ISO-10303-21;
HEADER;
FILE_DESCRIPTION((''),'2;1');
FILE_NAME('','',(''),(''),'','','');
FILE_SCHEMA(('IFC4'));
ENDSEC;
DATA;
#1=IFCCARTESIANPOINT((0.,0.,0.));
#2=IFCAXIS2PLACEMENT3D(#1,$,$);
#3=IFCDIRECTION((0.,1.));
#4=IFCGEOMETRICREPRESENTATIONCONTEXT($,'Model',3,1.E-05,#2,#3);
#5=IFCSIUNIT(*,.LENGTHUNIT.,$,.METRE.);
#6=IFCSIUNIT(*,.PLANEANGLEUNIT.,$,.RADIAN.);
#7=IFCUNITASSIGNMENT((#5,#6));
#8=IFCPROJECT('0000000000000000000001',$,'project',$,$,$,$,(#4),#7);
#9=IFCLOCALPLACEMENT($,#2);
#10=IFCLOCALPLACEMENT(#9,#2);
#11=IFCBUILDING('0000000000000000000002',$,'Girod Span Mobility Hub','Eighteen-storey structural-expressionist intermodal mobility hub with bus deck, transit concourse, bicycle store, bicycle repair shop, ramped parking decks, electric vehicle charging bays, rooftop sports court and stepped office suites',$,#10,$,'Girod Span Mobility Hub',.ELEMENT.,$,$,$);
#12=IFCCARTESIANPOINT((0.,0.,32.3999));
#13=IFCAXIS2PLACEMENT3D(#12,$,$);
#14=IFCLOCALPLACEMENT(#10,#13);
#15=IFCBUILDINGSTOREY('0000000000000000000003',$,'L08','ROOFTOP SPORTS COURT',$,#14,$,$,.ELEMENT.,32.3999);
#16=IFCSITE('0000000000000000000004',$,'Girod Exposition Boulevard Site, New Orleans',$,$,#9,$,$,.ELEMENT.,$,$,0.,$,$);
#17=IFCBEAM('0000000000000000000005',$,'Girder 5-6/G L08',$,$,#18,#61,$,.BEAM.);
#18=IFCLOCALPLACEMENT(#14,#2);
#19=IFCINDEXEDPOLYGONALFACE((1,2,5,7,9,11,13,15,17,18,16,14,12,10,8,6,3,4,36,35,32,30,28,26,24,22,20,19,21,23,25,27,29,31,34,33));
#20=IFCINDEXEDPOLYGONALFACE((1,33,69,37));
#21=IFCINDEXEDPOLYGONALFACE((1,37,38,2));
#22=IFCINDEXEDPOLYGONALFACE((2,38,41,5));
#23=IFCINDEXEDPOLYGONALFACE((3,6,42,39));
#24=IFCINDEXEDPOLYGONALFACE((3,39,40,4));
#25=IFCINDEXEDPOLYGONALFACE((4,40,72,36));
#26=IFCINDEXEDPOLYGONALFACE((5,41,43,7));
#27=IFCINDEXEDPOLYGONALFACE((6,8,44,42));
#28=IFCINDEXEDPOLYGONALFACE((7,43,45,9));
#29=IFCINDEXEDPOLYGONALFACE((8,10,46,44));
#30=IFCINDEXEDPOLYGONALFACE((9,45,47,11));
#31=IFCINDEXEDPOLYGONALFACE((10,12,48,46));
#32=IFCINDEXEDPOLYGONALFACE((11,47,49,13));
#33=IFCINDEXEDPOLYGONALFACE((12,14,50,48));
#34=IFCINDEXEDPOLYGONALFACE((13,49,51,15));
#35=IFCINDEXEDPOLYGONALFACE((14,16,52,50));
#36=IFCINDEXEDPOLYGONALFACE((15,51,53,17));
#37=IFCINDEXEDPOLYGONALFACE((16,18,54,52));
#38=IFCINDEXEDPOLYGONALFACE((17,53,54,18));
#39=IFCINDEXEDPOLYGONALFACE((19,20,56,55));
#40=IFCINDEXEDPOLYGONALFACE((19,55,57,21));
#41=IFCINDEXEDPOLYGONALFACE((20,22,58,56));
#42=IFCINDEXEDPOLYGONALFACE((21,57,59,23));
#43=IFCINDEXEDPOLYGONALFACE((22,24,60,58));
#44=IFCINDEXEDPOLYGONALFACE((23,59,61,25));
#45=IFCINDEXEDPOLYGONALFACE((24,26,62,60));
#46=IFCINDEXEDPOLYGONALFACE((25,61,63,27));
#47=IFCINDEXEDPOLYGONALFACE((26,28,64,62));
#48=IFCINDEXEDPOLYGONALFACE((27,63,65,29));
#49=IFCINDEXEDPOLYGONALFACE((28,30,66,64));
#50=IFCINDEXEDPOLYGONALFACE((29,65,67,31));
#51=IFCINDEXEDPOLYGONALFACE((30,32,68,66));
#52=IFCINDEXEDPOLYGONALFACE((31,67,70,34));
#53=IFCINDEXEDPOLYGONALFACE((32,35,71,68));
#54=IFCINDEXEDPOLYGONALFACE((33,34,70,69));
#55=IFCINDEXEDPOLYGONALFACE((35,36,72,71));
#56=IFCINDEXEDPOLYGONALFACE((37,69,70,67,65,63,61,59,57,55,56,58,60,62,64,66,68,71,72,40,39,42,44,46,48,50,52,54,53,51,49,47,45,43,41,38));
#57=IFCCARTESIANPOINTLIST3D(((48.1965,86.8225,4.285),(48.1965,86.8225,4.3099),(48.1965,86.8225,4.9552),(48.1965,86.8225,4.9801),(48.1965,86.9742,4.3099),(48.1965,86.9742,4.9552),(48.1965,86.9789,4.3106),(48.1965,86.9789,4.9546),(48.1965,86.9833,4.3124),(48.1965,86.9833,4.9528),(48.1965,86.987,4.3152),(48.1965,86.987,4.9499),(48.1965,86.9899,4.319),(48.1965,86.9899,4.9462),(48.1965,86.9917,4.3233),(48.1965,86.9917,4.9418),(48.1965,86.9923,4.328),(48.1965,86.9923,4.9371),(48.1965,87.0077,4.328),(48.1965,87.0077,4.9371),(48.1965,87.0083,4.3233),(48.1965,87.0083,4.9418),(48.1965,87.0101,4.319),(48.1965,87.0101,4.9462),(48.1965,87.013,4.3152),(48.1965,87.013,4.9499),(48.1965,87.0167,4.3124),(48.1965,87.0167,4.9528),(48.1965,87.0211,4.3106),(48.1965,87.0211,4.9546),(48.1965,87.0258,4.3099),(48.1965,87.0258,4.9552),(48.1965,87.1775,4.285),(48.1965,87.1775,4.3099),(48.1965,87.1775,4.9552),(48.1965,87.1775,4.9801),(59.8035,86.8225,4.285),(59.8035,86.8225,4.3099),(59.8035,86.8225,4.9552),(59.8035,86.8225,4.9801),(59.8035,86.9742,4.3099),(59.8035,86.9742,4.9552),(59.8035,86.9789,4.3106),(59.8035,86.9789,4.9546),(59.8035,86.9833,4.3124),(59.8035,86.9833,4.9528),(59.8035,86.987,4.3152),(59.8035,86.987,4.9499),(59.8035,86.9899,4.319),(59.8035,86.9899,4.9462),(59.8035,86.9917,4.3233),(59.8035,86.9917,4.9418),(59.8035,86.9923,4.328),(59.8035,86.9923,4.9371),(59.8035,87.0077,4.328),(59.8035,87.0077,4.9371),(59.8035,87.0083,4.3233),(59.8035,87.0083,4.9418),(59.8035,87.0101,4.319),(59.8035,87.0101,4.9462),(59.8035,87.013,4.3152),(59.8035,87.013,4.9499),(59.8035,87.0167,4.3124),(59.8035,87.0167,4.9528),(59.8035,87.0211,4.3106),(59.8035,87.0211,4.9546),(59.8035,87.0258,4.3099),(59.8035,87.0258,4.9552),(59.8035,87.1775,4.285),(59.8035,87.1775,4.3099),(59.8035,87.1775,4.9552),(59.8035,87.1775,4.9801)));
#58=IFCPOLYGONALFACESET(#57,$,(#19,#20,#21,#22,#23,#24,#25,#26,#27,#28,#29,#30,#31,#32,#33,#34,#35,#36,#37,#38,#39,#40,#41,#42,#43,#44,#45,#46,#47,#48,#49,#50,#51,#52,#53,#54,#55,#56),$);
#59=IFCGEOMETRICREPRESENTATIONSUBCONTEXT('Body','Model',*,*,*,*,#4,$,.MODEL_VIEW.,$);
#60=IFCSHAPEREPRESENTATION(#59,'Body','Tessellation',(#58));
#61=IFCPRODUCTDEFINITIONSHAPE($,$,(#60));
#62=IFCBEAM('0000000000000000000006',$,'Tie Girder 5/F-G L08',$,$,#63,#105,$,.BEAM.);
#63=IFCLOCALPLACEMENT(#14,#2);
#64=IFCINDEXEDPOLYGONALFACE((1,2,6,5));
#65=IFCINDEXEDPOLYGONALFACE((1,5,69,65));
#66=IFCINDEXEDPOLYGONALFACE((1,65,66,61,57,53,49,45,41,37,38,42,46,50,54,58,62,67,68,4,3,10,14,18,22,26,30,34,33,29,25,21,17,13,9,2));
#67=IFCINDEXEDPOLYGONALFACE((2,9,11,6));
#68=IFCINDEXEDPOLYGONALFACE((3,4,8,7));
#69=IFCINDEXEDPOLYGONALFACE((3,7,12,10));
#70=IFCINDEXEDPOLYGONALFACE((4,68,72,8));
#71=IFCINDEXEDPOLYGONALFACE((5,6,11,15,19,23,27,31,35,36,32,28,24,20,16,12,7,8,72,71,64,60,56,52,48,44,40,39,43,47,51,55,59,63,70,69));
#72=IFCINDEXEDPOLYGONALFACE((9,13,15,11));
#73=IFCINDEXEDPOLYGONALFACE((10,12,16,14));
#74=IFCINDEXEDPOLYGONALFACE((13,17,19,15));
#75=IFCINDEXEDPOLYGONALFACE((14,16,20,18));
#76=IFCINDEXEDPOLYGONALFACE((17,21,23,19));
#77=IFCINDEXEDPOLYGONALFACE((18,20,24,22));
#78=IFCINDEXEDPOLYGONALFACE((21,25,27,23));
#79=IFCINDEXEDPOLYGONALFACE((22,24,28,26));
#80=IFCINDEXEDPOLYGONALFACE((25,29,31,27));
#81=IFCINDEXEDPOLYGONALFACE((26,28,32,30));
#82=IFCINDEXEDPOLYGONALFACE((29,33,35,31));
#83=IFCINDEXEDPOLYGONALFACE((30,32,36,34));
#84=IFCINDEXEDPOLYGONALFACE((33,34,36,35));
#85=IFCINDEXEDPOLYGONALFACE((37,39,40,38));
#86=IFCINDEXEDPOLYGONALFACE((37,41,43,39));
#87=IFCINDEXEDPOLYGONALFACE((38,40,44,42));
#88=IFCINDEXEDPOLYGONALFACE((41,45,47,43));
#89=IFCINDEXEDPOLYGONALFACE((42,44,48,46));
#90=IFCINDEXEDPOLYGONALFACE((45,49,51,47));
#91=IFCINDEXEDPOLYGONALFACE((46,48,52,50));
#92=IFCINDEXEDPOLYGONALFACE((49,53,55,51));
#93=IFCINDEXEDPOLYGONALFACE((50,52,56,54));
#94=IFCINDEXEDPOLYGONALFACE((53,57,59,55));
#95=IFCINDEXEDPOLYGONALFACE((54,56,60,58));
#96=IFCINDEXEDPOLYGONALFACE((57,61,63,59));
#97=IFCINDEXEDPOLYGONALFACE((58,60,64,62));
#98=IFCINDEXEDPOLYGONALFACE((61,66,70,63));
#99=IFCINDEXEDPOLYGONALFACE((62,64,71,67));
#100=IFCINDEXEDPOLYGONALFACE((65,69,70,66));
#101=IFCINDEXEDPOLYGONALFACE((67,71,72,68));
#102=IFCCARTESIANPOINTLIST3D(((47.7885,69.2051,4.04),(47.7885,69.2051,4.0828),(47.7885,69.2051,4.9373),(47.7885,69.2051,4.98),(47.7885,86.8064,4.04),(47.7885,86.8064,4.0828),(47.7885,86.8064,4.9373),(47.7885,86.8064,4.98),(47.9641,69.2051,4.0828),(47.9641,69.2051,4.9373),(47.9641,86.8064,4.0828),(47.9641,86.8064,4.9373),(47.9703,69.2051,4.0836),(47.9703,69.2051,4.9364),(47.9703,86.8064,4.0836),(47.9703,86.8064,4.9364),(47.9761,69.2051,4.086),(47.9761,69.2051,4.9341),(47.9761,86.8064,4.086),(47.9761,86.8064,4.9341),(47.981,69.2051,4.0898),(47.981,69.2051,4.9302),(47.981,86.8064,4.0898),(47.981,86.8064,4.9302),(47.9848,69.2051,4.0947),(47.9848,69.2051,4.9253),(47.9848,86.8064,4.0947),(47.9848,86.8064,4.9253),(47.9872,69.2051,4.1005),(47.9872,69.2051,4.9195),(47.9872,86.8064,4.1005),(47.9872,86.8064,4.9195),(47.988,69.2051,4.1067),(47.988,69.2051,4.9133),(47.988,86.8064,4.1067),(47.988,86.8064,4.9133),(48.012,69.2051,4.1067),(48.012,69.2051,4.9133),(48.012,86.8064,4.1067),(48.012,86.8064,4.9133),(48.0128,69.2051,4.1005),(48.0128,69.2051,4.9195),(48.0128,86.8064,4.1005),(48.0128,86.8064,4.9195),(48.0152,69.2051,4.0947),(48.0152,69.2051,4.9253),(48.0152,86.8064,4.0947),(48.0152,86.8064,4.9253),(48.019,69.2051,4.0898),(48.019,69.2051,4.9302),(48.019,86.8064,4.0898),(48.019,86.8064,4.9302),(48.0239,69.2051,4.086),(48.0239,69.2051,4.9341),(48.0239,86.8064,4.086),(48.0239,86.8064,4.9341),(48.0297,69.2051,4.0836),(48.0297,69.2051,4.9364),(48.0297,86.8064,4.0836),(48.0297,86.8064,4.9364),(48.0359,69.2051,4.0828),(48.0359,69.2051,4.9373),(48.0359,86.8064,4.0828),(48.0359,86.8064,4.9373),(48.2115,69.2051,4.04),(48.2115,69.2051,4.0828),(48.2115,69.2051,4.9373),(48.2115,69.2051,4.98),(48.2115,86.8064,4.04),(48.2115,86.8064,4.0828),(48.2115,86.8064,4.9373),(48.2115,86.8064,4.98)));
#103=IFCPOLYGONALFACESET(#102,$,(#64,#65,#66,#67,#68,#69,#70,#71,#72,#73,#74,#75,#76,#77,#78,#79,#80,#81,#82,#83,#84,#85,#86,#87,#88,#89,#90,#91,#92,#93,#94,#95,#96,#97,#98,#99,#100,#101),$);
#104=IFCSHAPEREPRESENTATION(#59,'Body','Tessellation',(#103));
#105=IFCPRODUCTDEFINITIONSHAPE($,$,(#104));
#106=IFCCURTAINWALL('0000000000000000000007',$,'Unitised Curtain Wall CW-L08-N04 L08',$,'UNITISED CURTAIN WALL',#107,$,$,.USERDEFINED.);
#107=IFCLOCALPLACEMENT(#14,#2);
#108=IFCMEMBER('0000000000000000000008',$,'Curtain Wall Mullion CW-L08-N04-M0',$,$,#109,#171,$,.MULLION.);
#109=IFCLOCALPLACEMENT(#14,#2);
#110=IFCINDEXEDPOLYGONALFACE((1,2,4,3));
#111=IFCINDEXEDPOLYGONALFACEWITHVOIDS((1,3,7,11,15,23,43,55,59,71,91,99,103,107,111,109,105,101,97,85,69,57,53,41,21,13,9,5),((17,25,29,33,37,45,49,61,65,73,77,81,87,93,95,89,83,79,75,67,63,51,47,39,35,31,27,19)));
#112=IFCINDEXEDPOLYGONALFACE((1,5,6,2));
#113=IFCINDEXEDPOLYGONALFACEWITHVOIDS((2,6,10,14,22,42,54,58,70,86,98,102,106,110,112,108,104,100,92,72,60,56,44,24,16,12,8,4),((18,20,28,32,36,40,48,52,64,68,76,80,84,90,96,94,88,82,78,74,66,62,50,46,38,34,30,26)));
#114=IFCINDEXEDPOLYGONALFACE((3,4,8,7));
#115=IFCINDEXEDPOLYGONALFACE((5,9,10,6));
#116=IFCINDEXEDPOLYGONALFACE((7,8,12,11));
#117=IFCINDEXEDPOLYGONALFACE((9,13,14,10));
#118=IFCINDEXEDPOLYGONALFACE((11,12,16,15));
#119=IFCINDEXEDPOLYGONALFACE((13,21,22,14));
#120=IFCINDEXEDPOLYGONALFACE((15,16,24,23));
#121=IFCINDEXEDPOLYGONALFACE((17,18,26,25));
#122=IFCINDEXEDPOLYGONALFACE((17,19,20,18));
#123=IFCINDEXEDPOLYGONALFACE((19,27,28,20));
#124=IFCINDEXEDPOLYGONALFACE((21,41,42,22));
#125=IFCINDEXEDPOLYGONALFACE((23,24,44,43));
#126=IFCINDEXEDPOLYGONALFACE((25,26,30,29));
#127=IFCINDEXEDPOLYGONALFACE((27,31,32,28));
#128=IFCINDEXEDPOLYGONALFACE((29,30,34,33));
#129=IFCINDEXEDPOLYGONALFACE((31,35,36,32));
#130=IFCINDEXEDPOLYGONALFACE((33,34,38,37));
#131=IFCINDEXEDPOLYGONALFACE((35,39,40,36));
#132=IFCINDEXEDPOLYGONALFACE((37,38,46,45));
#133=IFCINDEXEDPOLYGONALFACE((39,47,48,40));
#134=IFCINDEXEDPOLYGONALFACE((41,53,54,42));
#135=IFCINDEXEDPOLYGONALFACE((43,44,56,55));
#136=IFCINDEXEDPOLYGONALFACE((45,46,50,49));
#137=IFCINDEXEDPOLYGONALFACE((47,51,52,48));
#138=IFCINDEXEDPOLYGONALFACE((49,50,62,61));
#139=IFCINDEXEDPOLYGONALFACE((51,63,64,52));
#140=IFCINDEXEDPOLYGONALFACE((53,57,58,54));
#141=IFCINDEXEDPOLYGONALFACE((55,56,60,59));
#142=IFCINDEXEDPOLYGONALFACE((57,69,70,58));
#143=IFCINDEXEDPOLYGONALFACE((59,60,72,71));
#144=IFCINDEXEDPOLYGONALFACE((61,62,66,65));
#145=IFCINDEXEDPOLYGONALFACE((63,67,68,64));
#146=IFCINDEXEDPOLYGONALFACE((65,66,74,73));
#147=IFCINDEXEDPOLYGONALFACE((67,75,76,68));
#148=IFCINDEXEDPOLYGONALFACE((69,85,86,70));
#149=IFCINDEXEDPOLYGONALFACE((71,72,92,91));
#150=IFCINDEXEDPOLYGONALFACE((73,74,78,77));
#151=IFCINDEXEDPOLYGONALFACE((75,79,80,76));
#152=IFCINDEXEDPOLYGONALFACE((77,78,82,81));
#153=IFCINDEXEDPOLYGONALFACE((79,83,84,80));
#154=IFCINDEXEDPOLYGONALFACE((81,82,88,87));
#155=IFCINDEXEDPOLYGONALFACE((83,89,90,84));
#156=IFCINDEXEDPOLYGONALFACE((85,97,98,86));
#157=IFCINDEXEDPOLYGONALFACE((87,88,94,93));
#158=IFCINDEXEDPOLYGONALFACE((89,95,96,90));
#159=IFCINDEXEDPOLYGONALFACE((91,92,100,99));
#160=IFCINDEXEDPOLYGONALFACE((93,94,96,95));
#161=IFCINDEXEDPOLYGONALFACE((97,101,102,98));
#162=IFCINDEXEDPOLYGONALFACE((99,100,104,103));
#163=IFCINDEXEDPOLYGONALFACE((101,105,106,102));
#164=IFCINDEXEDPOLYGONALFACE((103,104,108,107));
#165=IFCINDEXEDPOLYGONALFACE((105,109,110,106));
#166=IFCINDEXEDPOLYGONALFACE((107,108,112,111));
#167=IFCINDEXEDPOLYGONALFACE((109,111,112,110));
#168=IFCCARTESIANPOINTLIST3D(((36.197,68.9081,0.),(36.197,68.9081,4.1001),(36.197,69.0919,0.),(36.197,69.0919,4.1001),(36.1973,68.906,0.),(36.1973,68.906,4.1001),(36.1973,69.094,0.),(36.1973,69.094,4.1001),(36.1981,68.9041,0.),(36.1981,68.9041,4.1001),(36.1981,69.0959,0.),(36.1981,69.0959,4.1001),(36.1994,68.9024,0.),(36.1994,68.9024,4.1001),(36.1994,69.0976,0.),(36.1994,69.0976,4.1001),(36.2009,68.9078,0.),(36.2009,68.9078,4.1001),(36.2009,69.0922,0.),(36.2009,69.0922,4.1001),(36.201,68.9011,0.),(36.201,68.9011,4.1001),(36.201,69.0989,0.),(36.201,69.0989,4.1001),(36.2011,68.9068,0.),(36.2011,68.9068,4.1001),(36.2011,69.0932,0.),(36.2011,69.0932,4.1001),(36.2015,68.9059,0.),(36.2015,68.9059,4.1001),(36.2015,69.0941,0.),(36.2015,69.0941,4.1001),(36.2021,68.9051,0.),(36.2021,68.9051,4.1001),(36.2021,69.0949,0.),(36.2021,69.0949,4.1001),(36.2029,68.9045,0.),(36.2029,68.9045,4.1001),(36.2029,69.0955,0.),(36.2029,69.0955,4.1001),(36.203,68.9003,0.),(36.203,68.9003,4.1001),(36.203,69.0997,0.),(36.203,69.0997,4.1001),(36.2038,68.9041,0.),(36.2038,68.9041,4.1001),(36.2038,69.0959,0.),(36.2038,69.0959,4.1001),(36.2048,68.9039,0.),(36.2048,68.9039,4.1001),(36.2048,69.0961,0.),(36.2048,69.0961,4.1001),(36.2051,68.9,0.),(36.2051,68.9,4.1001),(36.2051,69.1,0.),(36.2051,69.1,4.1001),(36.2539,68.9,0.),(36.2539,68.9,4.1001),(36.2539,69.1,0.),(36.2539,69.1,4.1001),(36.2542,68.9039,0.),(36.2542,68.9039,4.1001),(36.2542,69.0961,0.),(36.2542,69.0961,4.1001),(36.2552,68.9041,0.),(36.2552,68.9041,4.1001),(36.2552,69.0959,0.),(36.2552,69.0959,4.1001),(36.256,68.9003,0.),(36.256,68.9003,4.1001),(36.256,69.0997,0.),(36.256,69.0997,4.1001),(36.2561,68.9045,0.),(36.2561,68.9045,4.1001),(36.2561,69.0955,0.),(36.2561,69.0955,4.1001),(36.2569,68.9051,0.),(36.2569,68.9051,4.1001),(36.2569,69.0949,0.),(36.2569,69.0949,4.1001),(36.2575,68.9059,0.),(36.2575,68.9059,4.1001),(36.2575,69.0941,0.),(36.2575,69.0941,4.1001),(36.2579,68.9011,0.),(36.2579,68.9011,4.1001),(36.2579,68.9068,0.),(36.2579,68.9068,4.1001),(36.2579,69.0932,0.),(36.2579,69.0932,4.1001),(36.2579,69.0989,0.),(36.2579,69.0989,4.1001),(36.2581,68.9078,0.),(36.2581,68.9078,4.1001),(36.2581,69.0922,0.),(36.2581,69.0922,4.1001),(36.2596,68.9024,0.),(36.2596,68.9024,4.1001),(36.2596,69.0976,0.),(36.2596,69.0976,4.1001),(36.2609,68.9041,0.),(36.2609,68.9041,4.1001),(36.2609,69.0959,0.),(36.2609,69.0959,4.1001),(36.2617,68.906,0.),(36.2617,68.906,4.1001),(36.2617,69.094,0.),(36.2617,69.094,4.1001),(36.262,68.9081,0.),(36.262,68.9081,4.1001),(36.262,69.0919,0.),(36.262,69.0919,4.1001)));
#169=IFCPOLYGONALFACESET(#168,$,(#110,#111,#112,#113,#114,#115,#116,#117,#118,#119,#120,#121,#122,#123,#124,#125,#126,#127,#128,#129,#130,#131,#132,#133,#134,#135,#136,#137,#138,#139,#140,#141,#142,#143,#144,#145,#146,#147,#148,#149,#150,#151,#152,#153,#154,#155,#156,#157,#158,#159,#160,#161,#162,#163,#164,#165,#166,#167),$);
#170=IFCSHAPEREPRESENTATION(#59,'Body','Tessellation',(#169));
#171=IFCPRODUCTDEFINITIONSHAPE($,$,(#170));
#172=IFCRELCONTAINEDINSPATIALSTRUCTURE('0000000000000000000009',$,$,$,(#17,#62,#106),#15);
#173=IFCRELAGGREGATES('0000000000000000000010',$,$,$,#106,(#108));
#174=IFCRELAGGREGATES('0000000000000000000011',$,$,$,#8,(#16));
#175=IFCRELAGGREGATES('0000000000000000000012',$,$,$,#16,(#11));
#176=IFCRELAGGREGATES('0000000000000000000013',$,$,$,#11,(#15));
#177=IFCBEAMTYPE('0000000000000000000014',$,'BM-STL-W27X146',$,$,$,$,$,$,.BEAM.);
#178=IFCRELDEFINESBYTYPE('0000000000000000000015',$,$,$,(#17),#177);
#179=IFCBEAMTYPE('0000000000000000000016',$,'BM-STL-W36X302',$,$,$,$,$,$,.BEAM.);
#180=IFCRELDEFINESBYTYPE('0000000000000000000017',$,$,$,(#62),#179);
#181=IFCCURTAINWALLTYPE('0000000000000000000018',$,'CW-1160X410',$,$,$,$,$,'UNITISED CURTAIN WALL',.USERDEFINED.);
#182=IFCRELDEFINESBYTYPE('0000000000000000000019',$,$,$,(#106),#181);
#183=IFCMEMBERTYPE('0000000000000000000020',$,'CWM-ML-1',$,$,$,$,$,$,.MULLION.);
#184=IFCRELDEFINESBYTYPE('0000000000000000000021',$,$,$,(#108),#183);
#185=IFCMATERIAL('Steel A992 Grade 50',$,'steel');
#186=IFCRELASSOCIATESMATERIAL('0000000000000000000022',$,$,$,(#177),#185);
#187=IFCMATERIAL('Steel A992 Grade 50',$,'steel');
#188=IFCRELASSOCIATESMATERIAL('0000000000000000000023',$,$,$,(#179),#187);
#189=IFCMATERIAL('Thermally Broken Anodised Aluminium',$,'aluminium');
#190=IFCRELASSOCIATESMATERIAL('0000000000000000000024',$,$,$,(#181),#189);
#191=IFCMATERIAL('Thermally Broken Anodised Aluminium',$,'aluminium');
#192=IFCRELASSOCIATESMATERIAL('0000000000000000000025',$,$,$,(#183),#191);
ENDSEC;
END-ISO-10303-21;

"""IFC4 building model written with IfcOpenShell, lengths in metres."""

from ifc_helpers import new_model, si_unit, direction, frame, origin, origin_2d, place, context, subcontext, project, spatial, hollow_rectangle, i_section, extrude, material, material_profile, profile_set, type_object, element, aggregate, save


model = new_model("IFC4")

# Units and contexts
model_context = context("Model", 3, precision=1e-05, world=origin(), true_north=direction((0.0, 1.0)))
body_context = subcontext(model_context, "Body", "Model", "MODEL_VIEW")
ifc_project = project(units=[si_unit("LENGTHUNIT", "METRE"), si_unit("PLANEANGLEUNIT", "RADIAN")], contexts=[model_context])

# Site, building, storey
site_placement = place(None, origin())
site = spatial("IfcSite", under=ifc_project, at=site_placement, Name="Girod Exposition Boulevard Site, New Orleans", CompositionType="ELEMENT", RefElevation=0.0)
building_placement = place(site_placement, origin())
building = spatial("IfcBuilding", under=site, at=building_placement, Name="Girod Span Mobility Hub", Description="Eighteen-storey structural-expressionist intermodal mobility hub with bus deck, transit concourse, bicycle store, bicycle repair shop, ramped parking decks, electric vehicle charging bays, rooftop sports court and stepped office suites", LongName="Girod Span Mobility Hub", CompositionType="ELEMENT")
storey_placement = place(building_placement, frame((0.0, 0.0, 32.3999)))
storey = spatial("IfcBuildingStorey", under=building, at=storey_placement, Name="L08", Description="ROOFTOP SPORTS COURT", CompositionType="ELEMENT", Elevation=32.3999)

# Beams
ifc_material_1 = material(Name="Steel A992 Grade 50", Category="steel")
ifc_material_profile_1 = material_profile(ifc_material_1, i_section(OverallWidth=0.355, OverallDepth=0.6951, WebThickness=0.0154, FlangeThickness=0.0249, FilletRadius=0.0181, at=origin_2d()), Name="W27X146")
ifc_profile_set_1 = profile_set([ifc_material_profile_1], Name="Steel A992 Grade 50")
beam_type_1 = type_object("IfcBeamType", Name="BM-STL-W27X146", PredefinedType="BEAM", material=ifc_profile_set_1)
beam_1_placement = place(storey_placement, frame((48.1965, 87.0, 4.6326), z_axis=(1.0, 0.0, 0.0), x_axis=(0.0, 1.0, 0.0)))
element("IfcBeam", 1, at=beam_1_placement, inside=storey, type_object=beam_type_1, Name="Girder 5-6/G L08", PredefinedType="BEAM", context=body_context, shape_type="SweptSolid", body=[
    extrude(i_section(OverallWidth=0.355, OverallDepth=0.6951, WebThickness=0.0154, FlangeThickness=0.0249, FilletRadius=0.0181, at=origin_2d()), origin(), (0.0, 0.0, 1.0), 11.6069),
])
ifc_material_2 = material(Name="Steel A992 Grade 50", Category="steel")
ifc_material_profile_2 = material_profile(ifc_material_2, i_section(OverallWidth=0.4231, OverallDepth=0.9399, WebThickness=0.0239, FlangeThickness=0.0427, FilletRadius=0.0239, at=origin_2d()), Name="W36X302")
ifc_profile_set_2 = profile_set([ifc_material_profile_2], Name="Steel A992 Grade 50")
beam_type_2 = type_object("IfcBeamType", Name="BM-STL-W36X302", PredefinedType="BEAM", material=ifc_profile_set_2)
beam_2_placement = place(storey_placement, frame((48.0, 69.2051, 4.51), z_axis=(0.0, 1.0, 0.0), x_axis=(-1.0, 0.0, 0.0)))
element("IfcBeam", 2, at=beam_2_placement, inside=storey, type_object=beam_type_2, Name="Tie Girder 5/F-G L08", PredefinedType="BEAM", context=body_context, shape_type="SweptSolid", body=[
    extrude(i_section(OverallWidth=0.4231, OverallDepth=0.9399, WebThickness=0.0239, FlangeThickness=0.0427, FilletRadius=0.0239, at=origin_2d()), origin(), (0.0, 0.0, 1.0), 17.6013),
])

# Curtain wall, member
ifc_material_3 = material(Name="Thermally Broken Anodised Aluminium", Category="aluminium")
curtain_wall_type = type_object("IfcCurtainWallType", Name="CW-1160X410", ElementType="UNITISED CURTAIN WALL", PredefinedType="USERDEFINED", material=ifc_material_3)
curtain_wall_placement = place(storey_placement, origin())
curtain_wall = element("IfcCurtainWall", 3, at=curtain_wall_placement, inside=storey, type_object=curtain_wall_type, Name="Unitised Curtain Wall CW-L08-N04 L08", ObjectType="UNITISED CURTAIN WALL", PredefinedType="USERDEFINED")
ifc_material_4 = material(Name="Thermally Broken Anodised Aluminium", Category="aluminium")
ifc_material_profile_3 = material_profile(ifc_material_4, hollow_rectangle(XDim=0.2, YDim=0.0649, WallThickness=0.0039, InnerFilletRadius=0.0039, OuterFilletRadius=0.0081, at=origin_2d()), Name="CW-ML-65X200")
ifc_profile_set_3 = profile_set([ifc_material_profile_3], Name="Thermally Broken Anodised Aluminium")
member_type_1 = type_object("IfcMemberType", Name="CWM-ML-1", PredefinedType="MULLION", material=ifc_profile_set_3)
member_1_placement = place(storey_placement, frame((36.2295, 69.0, 0.0), z_axis=(0.0, 0.0, 1.0), x_axis=(0.0, 1.0, 0.0)))
member_1 = element("IfcMember", 4, at=member_1_placement, type_object=member_type_1, Name="Curtain Wall Mullion CW-L08-N04-M0", PredefinedType="MULLION", context=body_context, shape_type="SweptSolid", body=[
    extrude(hollow_rectangle(XDim=0.2, YDim=0.0649, WallThickness=0.0039, InnerFilletRadius=0.0039, OuterFilletRadius=0.0081, at=origin_2d()), origin(), (0.0, 0.0, 1.0), 4.1001),
])

aggregate(curtain_wall, [member_1])

save(model, "model.ifc")
